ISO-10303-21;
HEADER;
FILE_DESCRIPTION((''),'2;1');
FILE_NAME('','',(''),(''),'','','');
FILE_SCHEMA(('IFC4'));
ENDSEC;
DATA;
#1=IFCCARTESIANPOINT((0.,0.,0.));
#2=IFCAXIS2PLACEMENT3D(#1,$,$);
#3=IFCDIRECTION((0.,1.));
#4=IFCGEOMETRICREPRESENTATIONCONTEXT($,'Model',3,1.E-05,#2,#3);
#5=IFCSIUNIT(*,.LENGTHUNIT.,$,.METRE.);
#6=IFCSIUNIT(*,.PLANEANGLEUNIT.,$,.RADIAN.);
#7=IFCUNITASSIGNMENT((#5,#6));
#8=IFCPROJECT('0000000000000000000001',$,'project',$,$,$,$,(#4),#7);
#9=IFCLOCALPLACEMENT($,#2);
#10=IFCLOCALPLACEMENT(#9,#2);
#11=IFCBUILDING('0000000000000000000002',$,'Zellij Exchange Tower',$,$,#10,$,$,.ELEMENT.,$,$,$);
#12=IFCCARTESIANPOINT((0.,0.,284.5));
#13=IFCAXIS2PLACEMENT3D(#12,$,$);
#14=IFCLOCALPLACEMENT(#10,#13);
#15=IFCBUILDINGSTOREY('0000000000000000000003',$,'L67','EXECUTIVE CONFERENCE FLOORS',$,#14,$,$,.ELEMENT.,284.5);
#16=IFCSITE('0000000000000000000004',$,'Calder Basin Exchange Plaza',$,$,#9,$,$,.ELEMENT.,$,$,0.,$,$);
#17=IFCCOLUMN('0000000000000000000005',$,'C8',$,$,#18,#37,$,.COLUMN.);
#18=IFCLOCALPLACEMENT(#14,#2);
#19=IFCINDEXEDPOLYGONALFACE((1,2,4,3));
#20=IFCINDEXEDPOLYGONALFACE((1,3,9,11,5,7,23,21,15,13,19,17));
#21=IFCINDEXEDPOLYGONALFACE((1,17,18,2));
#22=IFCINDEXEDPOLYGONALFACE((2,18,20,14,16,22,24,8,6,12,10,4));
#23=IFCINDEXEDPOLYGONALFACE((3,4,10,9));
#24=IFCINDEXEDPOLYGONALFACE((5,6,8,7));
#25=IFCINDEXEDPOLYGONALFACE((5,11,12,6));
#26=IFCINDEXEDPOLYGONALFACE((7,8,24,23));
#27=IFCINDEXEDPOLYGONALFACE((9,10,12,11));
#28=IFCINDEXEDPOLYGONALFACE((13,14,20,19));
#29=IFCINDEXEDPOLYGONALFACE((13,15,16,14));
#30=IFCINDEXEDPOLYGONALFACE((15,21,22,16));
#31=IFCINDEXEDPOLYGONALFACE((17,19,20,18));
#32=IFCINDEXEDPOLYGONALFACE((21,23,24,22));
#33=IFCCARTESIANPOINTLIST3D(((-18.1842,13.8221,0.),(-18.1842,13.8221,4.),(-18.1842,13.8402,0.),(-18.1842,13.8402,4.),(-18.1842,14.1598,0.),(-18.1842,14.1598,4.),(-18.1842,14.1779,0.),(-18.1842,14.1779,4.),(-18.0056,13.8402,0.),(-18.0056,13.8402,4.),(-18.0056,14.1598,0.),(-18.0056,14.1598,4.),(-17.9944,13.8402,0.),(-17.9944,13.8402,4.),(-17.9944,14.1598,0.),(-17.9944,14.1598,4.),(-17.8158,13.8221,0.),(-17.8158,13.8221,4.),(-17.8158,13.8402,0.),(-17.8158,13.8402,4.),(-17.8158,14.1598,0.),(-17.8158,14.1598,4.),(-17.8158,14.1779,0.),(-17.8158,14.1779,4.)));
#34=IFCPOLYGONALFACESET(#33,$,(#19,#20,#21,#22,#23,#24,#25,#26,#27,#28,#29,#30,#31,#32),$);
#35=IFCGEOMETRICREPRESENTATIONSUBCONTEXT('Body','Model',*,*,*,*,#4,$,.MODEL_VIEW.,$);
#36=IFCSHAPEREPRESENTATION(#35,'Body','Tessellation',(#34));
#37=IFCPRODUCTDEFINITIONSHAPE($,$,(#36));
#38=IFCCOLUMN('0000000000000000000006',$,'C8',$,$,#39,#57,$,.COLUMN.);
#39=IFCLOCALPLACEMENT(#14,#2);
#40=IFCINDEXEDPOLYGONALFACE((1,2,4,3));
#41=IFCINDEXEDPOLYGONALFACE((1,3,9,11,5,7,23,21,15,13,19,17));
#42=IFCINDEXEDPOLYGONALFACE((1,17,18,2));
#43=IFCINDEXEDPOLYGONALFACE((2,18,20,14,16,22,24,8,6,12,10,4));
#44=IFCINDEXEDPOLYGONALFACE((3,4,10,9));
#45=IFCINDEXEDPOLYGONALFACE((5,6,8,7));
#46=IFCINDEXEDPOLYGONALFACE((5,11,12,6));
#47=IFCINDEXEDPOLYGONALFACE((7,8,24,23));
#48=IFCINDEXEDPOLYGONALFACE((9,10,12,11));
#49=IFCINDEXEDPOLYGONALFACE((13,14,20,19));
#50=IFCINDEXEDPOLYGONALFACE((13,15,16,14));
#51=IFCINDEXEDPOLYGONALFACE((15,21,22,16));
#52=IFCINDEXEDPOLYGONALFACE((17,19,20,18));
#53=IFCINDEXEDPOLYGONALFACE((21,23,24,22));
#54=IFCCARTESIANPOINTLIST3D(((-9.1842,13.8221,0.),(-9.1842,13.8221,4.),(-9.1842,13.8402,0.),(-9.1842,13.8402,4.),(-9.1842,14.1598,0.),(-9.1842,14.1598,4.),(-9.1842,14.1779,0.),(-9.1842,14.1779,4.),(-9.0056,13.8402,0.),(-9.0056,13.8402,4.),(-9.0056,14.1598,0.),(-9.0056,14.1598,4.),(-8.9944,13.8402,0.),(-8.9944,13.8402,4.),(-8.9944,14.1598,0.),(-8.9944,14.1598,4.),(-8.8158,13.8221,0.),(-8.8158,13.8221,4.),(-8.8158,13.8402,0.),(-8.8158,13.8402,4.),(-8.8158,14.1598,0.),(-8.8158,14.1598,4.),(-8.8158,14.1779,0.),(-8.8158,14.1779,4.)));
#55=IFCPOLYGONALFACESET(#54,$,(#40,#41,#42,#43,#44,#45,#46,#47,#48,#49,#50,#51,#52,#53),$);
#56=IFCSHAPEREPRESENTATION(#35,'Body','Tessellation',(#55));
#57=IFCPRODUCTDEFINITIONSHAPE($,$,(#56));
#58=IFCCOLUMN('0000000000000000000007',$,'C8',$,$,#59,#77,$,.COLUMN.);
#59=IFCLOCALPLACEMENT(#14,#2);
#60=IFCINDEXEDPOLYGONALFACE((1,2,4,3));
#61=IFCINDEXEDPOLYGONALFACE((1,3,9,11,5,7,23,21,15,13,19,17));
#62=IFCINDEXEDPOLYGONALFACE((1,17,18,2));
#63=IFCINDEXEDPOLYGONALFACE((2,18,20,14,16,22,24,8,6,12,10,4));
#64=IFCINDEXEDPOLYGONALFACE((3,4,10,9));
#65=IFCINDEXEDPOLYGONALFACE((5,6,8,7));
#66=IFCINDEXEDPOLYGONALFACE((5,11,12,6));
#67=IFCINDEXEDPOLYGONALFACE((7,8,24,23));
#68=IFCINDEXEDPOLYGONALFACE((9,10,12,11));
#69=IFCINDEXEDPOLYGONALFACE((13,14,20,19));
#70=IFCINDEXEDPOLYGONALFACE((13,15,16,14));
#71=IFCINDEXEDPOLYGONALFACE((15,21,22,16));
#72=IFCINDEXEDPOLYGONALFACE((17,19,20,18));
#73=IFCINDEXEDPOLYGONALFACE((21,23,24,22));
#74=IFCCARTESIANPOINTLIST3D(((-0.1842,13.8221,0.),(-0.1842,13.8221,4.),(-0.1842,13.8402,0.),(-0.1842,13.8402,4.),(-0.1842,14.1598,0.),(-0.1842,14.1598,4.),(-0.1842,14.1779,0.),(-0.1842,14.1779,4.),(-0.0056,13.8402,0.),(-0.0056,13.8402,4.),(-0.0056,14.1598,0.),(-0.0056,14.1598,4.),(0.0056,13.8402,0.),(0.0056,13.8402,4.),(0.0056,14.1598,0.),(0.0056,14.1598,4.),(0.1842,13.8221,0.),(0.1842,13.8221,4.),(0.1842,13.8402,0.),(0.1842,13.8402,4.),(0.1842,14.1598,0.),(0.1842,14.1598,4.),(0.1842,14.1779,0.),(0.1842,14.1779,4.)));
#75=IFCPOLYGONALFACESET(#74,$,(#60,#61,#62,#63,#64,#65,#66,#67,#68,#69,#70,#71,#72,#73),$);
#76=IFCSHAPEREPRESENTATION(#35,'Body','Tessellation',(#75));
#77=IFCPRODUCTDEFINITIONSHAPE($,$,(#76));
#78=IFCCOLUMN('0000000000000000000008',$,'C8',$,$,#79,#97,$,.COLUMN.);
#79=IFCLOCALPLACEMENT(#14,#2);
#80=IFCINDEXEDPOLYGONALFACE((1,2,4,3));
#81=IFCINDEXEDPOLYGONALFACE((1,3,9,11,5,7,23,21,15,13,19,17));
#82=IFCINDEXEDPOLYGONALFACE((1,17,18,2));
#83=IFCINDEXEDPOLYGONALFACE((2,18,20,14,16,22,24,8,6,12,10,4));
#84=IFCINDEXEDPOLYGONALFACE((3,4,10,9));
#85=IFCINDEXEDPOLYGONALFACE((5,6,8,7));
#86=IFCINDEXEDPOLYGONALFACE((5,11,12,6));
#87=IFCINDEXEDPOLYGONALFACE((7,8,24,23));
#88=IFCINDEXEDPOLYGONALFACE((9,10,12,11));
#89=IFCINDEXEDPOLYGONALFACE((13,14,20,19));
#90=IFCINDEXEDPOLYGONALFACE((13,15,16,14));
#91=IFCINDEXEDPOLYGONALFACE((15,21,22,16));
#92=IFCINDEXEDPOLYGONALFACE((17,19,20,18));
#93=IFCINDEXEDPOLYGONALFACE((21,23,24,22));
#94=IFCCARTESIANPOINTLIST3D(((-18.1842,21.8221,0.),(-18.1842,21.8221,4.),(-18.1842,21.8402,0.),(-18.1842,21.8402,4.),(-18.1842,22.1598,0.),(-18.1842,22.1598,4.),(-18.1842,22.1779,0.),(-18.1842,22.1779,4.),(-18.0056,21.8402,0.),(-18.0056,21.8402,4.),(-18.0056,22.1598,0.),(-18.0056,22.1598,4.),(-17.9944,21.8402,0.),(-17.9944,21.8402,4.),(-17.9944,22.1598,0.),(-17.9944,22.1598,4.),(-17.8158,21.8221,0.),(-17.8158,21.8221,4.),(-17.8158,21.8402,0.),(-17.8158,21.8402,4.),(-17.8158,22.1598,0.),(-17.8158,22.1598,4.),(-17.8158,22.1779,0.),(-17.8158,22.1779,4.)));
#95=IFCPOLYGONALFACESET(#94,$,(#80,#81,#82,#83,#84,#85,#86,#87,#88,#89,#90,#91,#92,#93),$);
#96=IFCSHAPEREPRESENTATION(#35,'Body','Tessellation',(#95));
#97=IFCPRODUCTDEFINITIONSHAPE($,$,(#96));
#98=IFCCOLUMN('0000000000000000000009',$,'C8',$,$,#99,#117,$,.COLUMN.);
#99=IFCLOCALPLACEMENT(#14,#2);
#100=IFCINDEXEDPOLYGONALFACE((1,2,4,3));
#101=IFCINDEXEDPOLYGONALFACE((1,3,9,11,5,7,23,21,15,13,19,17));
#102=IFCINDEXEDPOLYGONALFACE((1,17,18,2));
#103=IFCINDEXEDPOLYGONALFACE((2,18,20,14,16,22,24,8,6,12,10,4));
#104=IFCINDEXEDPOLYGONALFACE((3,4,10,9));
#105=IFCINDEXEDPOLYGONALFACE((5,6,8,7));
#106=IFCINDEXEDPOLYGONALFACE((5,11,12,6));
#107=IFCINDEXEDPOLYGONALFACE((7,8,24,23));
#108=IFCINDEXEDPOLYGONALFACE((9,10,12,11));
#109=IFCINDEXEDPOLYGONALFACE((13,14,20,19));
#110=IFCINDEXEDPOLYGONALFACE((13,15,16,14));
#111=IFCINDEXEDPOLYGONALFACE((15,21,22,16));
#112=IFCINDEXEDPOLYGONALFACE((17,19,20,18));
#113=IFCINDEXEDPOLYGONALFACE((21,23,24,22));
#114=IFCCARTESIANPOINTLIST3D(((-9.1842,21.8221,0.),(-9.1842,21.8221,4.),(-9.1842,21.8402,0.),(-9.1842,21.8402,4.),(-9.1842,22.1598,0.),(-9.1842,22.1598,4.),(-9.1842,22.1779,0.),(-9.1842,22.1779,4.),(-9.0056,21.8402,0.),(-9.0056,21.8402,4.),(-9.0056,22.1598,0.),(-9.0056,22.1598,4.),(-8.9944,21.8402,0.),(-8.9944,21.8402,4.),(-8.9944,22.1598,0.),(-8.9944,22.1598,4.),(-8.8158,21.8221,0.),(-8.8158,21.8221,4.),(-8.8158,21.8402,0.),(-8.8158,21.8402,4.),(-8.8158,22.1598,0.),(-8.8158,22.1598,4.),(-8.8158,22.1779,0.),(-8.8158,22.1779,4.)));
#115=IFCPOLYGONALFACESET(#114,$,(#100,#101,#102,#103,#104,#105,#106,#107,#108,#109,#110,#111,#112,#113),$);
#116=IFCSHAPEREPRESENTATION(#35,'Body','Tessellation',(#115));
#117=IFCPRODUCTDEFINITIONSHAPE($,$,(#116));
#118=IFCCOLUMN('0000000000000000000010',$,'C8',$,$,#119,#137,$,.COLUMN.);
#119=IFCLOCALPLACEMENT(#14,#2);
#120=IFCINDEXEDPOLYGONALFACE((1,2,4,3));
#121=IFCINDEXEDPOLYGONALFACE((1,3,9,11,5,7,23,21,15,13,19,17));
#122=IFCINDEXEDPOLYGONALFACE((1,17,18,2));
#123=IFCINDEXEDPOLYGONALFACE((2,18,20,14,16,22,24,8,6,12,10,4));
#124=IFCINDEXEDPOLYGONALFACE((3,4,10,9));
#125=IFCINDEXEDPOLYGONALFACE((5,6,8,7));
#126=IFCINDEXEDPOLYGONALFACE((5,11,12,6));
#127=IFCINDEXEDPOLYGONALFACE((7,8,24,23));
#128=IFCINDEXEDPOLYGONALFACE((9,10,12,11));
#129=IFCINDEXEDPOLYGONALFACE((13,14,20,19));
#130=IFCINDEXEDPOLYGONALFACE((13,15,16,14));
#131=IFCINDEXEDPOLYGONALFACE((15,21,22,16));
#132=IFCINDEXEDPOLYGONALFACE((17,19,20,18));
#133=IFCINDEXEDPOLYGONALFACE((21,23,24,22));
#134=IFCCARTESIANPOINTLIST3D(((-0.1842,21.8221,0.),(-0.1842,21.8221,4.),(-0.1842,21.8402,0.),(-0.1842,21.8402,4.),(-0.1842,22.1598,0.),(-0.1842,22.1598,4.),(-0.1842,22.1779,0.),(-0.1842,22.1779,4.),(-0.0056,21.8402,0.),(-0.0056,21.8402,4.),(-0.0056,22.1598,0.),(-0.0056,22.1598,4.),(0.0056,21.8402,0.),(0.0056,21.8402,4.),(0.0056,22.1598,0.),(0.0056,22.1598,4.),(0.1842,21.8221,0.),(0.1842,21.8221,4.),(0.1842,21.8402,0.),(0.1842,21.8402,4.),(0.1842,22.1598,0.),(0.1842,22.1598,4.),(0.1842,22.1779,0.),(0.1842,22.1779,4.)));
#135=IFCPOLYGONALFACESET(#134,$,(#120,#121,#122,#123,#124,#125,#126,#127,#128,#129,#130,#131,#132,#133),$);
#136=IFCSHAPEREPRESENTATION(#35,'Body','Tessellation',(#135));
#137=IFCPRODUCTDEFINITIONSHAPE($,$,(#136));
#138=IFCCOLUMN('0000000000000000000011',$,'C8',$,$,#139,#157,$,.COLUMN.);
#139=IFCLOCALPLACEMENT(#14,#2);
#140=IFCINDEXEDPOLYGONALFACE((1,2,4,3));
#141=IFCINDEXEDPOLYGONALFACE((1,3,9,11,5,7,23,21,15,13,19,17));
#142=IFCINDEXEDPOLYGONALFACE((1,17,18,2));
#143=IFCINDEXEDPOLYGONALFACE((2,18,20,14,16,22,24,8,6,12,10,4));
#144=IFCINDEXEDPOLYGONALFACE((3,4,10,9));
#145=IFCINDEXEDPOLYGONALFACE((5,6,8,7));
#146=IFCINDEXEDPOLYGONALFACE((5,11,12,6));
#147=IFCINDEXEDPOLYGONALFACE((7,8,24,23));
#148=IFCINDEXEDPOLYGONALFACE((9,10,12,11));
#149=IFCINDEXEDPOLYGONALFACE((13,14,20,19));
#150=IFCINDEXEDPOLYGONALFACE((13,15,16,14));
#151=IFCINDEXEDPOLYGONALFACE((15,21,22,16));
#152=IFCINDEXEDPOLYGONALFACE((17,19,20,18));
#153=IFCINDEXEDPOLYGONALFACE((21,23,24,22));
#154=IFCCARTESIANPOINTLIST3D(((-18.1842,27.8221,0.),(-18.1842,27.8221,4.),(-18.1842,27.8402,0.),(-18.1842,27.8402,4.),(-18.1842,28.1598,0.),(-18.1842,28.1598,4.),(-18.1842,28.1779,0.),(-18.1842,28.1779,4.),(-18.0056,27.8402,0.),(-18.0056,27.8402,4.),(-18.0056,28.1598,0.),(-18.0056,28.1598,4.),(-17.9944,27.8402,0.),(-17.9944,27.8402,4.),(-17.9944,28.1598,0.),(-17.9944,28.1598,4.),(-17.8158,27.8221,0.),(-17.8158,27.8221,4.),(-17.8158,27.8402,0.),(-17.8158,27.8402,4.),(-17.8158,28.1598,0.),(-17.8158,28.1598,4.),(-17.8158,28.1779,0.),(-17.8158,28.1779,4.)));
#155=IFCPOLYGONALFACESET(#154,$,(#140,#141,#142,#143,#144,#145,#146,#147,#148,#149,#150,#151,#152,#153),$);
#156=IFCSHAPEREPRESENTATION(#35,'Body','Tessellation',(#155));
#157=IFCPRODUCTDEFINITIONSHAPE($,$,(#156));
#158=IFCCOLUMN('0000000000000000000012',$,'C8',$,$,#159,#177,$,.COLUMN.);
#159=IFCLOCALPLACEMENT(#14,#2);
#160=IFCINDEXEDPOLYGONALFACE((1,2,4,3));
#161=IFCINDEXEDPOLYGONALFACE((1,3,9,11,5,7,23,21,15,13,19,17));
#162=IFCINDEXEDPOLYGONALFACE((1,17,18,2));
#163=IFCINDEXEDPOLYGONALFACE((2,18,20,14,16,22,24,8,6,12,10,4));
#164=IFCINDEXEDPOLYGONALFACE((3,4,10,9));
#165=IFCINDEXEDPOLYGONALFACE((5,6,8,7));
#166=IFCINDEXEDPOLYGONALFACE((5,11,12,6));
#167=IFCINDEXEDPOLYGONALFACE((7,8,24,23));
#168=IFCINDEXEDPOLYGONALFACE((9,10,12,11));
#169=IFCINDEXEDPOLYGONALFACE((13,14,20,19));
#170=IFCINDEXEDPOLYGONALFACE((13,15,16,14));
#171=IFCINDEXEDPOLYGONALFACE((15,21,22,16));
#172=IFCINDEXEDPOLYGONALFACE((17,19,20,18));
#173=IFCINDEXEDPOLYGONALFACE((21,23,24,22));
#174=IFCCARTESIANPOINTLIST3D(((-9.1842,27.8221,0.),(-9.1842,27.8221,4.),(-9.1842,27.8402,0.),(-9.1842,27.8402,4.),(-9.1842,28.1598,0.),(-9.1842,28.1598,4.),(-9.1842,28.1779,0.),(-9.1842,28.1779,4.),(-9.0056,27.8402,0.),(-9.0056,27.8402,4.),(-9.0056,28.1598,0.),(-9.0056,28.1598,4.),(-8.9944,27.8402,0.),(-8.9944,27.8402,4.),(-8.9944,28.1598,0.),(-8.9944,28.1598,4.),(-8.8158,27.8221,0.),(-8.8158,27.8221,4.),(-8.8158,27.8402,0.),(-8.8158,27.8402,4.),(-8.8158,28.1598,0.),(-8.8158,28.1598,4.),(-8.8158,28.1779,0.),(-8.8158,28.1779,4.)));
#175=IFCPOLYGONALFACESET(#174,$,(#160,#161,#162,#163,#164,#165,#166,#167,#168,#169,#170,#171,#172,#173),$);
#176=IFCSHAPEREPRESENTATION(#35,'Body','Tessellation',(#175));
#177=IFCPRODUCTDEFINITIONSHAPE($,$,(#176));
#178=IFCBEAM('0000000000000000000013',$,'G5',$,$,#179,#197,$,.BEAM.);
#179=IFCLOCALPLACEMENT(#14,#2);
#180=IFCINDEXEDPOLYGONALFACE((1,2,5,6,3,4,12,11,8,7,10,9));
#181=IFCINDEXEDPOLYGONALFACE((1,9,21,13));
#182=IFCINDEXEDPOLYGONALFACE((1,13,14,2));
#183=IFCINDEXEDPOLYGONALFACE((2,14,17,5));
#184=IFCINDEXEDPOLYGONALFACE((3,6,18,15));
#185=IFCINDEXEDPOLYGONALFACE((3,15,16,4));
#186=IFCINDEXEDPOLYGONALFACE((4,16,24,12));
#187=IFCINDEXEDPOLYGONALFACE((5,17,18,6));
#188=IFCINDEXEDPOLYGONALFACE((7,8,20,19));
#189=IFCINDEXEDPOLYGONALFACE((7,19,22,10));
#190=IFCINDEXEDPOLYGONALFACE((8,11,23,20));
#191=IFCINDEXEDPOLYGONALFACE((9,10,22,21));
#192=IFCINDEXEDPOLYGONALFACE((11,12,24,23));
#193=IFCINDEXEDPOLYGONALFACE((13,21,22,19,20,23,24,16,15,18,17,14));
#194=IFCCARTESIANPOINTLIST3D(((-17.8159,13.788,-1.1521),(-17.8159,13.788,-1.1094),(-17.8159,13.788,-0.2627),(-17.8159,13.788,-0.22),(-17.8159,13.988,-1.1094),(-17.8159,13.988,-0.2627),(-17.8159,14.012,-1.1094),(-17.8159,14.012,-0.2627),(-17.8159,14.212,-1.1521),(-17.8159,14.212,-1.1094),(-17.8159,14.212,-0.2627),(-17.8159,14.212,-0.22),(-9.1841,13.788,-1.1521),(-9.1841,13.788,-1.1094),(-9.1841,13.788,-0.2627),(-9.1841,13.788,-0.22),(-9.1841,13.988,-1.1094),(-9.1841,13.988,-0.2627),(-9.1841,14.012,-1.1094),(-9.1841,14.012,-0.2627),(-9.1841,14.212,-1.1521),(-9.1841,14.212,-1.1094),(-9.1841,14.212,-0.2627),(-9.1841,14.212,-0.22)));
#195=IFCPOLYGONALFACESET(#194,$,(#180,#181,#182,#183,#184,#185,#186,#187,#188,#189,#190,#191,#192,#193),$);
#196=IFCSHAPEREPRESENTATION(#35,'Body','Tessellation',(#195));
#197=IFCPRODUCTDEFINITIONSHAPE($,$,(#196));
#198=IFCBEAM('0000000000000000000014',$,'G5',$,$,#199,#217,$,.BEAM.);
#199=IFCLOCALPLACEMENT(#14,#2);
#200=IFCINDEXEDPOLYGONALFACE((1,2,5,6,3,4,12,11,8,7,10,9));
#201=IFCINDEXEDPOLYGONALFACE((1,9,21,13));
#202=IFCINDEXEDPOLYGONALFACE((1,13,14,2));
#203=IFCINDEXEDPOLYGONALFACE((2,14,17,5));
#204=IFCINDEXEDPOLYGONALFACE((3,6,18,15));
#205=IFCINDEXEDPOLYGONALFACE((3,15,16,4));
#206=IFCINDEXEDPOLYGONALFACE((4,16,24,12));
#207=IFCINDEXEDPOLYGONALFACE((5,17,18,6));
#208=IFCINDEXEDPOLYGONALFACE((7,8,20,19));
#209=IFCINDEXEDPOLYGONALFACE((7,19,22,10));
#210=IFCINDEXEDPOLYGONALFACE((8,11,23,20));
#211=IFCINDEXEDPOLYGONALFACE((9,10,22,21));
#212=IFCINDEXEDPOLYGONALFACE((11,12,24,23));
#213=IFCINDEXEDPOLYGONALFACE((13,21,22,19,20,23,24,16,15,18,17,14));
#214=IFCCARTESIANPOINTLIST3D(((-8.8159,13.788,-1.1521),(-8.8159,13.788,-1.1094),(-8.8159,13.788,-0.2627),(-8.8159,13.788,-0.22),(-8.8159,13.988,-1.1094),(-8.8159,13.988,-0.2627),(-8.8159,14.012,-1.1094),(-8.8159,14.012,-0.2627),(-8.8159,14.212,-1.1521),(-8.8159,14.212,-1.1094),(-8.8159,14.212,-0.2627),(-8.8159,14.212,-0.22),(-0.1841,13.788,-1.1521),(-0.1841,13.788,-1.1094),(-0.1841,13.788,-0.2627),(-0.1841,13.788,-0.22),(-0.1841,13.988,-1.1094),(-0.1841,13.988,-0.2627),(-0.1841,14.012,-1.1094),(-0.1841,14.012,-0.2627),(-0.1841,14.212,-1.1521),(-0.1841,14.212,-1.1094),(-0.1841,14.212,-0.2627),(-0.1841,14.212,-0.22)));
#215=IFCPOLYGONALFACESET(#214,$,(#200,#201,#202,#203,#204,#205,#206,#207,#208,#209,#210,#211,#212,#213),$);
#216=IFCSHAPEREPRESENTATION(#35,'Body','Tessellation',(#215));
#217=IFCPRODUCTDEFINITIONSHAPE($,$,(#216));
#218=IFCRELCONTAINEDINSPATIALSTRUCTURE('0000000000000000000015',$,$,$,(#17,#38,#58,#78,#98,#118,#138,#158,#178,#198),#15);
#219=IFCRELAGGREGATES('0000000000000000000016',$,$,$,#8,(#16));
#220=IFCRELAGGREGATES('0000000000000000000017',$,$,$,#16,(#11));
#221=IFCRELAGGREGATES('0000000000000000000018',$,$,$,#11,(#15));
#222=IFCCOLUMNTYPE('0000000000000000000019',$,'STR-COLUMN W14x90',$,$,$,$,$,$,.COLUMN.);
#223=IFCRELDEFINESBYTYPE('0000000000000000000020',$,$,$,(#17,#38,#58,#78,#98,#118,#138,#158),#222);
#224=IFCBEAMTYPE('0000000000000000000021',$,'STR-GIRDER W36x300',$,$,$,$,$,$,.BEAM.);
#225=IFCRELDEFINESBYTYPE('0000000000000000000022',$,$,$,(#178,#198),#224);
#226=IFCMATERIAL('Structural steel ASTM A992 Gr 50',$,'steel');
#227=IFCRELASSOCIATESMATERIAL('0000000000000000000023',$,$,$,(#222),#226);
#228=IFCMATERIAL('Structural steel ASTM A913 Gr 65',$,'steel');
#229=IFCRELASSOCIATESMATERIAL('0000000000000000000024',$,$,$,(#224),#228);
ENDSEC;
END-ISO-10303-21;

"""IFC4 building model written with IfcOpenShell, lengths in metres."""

from ifc_helpers import new_model, si_unit, direction, frame, origin, origin_2d, place, context, subcontext, project, spatial, i_section, extrude, material, material_profile, profile_set, type_object, element, save


model = new_model("IFC4")

# Units and contexts
model_context = context("Model", 3, precision=1e-05, world=origin(), true_north=direction((0.0, 1.0)))
body_context = subcontext(model_context, "Body", "Model", "MODEL_VIEW")
ifc_project = project(units=[si_unit("LENGTHUNIT", "METRE"), si_unit("PLANEANGLEUNIT", "RADIAN")], contexts=[model_context])

# Site, building, storey
site_placement = place(None, origin())
site = spatial("IfcSite", under=ifc_project, at=site_placement, Name="Calder Basin Exchange Plaza", CompositionType="ELEMENT", RefElevation=0.0)
building_placement = place(site_placement, origin())
building = spatial("IfcBuilding", under=site, at=building_placement, Name="Zellij Exchange Tower", CompositionType="ELEMENT")
storey_placement = place(building_placement, frame((0.0, 0.0, 284.5)))
storey = spatial("IfcBuildingStorey", under=building, at=storey_placement, Name="L67", Description="EXECUTIVE CONFERENCE FLOORS", CompositionType="ELEMENT", Elevation=284.5)

# Columns
ifc_material_1 = material(Name="Structural steel ASTM A992 Gr 50", Category="steel")
ifc_material_profile_1 = material_profile(ifc_material_1, i_section(OverallWidth=0.3684, OverallDepth=0.3557, WebThickness=0.0112, FlangeThickness=0.0181, at=origin_2d()), Name="W14x90")
ifc_profile_set_1 = profile_set([ifc_material_profile_1], Name="Structural steel ASTM A992 Gr 50")
column_type = type_object("IfcColumnType", Name="STR-COLUMN W14x90", PredefinedType="COLUMN", material=ifc_profile_set_1)
for number, where, z_axis, x_axis, name in (
    (1, (-18.0, 14.0, 0.0), (0.0, 0.0, 1.0), (1.0, 0.0, 0.0), "C8"),
    (2, (-9.0, 14.0, 0.0), (0.0, 0.0, 1.0), (1.0, 0.0, 0.0), "C8"),
    (3, (0.0, 14.0, 0.0), (0.0, 0.0, 1.0), (1.0, 0.0, 0.0), "C8"),
    (4, (-18.0, 22.0, 0.0), (0.0, 0.0, 1.0), (1.0, 0.0, 0.0), "C8"),
    (5, (-9.0, 22.0, 0.0), (0.0, 0.0, 1.0), (1.0, 0.0, 0.0), "C8"),
    (6, (0.0, 22.0, 0.0), (0.0, 0.0, 1.0), (1.0, 0.0, 0.0), "C8"),
    (7, (-18.0, 28.0, 0.0), (0.0, 0.0, 1.0), (1.0, 0.0, 0.0), "C8"),
    (8, (-9.0, 28.0, 0.0), (0.0, 0.0, 1.0), (1.0, 0.0, 0.0), "C8"),
):
    element("IfcColumn", number, at=place(storey_placement, frame(where, z_axis=z_axis, x_axis=x_axis)), inside=storey, type_object=column_type, Name=name, PredefinedType="COLUMN", context=body_context, shape_type="SweptSolid", body=[
        extrude(i_section(OverallWidth=0.3684, OverallDepth=0.3557, WebThickness=0.0112, FlangeThickness=0.0181, at=origin_2d()), origin(), (0.0, 0.0, 1.0), 4.0),
    ])

# Beams
ifc_material_2 = material(Name="Structural steel ASTM A913 Gr 65", Category="steel")
ifc_material_profile_2 = material_profile(ifc_material_2, i_section(OverallWidth=0.4241, OverallDepth=0.9321, WebThickness=0.0239, FlangeThickness=0.0427, at=origin_2d()), Name="W36x300")
ifc_profile_set_2 = profile_set([ifc_material_profile_2], Name="Structural steel ASTM A913 Gr 65")
beam_type = type_object("IfcBeamType", Name="STR-GIRDER W36x300", PredefinedType="BEAM", material=ifc_profile_set_2)
for number, where, z_axis, x_axis, name in (
    (9, (-17.8159, 14.0, -0.686), (1.0, 0.0, 0.0), (0.0, 1.0, 0.0), "G5"),
    (10, (-8.8159, 14.0, -0.686), (1.0, 0.0, 0.0), (0.0, 1.0, 0.0), "G5"),
):
    element("IfcBeam", number, at=place(storey_placement, frame(where, z_axis=z_axis, x_axis=x_axis)), inside=storey, type_object=beam_type, Name=name, PredefinedType="BEAM", context=body_context, shape_type="SweptSolid", body=[
        extrude(i_section(OverallWidth=0.4241, OverallDepth=0.9321, WebThickness=0.0239, FlangeThickness=0.0427, at=origin_2d()), origin(), (0.0, 0.0, 1.0), 8.6318),
    ])

save(model, "model.ifc")
